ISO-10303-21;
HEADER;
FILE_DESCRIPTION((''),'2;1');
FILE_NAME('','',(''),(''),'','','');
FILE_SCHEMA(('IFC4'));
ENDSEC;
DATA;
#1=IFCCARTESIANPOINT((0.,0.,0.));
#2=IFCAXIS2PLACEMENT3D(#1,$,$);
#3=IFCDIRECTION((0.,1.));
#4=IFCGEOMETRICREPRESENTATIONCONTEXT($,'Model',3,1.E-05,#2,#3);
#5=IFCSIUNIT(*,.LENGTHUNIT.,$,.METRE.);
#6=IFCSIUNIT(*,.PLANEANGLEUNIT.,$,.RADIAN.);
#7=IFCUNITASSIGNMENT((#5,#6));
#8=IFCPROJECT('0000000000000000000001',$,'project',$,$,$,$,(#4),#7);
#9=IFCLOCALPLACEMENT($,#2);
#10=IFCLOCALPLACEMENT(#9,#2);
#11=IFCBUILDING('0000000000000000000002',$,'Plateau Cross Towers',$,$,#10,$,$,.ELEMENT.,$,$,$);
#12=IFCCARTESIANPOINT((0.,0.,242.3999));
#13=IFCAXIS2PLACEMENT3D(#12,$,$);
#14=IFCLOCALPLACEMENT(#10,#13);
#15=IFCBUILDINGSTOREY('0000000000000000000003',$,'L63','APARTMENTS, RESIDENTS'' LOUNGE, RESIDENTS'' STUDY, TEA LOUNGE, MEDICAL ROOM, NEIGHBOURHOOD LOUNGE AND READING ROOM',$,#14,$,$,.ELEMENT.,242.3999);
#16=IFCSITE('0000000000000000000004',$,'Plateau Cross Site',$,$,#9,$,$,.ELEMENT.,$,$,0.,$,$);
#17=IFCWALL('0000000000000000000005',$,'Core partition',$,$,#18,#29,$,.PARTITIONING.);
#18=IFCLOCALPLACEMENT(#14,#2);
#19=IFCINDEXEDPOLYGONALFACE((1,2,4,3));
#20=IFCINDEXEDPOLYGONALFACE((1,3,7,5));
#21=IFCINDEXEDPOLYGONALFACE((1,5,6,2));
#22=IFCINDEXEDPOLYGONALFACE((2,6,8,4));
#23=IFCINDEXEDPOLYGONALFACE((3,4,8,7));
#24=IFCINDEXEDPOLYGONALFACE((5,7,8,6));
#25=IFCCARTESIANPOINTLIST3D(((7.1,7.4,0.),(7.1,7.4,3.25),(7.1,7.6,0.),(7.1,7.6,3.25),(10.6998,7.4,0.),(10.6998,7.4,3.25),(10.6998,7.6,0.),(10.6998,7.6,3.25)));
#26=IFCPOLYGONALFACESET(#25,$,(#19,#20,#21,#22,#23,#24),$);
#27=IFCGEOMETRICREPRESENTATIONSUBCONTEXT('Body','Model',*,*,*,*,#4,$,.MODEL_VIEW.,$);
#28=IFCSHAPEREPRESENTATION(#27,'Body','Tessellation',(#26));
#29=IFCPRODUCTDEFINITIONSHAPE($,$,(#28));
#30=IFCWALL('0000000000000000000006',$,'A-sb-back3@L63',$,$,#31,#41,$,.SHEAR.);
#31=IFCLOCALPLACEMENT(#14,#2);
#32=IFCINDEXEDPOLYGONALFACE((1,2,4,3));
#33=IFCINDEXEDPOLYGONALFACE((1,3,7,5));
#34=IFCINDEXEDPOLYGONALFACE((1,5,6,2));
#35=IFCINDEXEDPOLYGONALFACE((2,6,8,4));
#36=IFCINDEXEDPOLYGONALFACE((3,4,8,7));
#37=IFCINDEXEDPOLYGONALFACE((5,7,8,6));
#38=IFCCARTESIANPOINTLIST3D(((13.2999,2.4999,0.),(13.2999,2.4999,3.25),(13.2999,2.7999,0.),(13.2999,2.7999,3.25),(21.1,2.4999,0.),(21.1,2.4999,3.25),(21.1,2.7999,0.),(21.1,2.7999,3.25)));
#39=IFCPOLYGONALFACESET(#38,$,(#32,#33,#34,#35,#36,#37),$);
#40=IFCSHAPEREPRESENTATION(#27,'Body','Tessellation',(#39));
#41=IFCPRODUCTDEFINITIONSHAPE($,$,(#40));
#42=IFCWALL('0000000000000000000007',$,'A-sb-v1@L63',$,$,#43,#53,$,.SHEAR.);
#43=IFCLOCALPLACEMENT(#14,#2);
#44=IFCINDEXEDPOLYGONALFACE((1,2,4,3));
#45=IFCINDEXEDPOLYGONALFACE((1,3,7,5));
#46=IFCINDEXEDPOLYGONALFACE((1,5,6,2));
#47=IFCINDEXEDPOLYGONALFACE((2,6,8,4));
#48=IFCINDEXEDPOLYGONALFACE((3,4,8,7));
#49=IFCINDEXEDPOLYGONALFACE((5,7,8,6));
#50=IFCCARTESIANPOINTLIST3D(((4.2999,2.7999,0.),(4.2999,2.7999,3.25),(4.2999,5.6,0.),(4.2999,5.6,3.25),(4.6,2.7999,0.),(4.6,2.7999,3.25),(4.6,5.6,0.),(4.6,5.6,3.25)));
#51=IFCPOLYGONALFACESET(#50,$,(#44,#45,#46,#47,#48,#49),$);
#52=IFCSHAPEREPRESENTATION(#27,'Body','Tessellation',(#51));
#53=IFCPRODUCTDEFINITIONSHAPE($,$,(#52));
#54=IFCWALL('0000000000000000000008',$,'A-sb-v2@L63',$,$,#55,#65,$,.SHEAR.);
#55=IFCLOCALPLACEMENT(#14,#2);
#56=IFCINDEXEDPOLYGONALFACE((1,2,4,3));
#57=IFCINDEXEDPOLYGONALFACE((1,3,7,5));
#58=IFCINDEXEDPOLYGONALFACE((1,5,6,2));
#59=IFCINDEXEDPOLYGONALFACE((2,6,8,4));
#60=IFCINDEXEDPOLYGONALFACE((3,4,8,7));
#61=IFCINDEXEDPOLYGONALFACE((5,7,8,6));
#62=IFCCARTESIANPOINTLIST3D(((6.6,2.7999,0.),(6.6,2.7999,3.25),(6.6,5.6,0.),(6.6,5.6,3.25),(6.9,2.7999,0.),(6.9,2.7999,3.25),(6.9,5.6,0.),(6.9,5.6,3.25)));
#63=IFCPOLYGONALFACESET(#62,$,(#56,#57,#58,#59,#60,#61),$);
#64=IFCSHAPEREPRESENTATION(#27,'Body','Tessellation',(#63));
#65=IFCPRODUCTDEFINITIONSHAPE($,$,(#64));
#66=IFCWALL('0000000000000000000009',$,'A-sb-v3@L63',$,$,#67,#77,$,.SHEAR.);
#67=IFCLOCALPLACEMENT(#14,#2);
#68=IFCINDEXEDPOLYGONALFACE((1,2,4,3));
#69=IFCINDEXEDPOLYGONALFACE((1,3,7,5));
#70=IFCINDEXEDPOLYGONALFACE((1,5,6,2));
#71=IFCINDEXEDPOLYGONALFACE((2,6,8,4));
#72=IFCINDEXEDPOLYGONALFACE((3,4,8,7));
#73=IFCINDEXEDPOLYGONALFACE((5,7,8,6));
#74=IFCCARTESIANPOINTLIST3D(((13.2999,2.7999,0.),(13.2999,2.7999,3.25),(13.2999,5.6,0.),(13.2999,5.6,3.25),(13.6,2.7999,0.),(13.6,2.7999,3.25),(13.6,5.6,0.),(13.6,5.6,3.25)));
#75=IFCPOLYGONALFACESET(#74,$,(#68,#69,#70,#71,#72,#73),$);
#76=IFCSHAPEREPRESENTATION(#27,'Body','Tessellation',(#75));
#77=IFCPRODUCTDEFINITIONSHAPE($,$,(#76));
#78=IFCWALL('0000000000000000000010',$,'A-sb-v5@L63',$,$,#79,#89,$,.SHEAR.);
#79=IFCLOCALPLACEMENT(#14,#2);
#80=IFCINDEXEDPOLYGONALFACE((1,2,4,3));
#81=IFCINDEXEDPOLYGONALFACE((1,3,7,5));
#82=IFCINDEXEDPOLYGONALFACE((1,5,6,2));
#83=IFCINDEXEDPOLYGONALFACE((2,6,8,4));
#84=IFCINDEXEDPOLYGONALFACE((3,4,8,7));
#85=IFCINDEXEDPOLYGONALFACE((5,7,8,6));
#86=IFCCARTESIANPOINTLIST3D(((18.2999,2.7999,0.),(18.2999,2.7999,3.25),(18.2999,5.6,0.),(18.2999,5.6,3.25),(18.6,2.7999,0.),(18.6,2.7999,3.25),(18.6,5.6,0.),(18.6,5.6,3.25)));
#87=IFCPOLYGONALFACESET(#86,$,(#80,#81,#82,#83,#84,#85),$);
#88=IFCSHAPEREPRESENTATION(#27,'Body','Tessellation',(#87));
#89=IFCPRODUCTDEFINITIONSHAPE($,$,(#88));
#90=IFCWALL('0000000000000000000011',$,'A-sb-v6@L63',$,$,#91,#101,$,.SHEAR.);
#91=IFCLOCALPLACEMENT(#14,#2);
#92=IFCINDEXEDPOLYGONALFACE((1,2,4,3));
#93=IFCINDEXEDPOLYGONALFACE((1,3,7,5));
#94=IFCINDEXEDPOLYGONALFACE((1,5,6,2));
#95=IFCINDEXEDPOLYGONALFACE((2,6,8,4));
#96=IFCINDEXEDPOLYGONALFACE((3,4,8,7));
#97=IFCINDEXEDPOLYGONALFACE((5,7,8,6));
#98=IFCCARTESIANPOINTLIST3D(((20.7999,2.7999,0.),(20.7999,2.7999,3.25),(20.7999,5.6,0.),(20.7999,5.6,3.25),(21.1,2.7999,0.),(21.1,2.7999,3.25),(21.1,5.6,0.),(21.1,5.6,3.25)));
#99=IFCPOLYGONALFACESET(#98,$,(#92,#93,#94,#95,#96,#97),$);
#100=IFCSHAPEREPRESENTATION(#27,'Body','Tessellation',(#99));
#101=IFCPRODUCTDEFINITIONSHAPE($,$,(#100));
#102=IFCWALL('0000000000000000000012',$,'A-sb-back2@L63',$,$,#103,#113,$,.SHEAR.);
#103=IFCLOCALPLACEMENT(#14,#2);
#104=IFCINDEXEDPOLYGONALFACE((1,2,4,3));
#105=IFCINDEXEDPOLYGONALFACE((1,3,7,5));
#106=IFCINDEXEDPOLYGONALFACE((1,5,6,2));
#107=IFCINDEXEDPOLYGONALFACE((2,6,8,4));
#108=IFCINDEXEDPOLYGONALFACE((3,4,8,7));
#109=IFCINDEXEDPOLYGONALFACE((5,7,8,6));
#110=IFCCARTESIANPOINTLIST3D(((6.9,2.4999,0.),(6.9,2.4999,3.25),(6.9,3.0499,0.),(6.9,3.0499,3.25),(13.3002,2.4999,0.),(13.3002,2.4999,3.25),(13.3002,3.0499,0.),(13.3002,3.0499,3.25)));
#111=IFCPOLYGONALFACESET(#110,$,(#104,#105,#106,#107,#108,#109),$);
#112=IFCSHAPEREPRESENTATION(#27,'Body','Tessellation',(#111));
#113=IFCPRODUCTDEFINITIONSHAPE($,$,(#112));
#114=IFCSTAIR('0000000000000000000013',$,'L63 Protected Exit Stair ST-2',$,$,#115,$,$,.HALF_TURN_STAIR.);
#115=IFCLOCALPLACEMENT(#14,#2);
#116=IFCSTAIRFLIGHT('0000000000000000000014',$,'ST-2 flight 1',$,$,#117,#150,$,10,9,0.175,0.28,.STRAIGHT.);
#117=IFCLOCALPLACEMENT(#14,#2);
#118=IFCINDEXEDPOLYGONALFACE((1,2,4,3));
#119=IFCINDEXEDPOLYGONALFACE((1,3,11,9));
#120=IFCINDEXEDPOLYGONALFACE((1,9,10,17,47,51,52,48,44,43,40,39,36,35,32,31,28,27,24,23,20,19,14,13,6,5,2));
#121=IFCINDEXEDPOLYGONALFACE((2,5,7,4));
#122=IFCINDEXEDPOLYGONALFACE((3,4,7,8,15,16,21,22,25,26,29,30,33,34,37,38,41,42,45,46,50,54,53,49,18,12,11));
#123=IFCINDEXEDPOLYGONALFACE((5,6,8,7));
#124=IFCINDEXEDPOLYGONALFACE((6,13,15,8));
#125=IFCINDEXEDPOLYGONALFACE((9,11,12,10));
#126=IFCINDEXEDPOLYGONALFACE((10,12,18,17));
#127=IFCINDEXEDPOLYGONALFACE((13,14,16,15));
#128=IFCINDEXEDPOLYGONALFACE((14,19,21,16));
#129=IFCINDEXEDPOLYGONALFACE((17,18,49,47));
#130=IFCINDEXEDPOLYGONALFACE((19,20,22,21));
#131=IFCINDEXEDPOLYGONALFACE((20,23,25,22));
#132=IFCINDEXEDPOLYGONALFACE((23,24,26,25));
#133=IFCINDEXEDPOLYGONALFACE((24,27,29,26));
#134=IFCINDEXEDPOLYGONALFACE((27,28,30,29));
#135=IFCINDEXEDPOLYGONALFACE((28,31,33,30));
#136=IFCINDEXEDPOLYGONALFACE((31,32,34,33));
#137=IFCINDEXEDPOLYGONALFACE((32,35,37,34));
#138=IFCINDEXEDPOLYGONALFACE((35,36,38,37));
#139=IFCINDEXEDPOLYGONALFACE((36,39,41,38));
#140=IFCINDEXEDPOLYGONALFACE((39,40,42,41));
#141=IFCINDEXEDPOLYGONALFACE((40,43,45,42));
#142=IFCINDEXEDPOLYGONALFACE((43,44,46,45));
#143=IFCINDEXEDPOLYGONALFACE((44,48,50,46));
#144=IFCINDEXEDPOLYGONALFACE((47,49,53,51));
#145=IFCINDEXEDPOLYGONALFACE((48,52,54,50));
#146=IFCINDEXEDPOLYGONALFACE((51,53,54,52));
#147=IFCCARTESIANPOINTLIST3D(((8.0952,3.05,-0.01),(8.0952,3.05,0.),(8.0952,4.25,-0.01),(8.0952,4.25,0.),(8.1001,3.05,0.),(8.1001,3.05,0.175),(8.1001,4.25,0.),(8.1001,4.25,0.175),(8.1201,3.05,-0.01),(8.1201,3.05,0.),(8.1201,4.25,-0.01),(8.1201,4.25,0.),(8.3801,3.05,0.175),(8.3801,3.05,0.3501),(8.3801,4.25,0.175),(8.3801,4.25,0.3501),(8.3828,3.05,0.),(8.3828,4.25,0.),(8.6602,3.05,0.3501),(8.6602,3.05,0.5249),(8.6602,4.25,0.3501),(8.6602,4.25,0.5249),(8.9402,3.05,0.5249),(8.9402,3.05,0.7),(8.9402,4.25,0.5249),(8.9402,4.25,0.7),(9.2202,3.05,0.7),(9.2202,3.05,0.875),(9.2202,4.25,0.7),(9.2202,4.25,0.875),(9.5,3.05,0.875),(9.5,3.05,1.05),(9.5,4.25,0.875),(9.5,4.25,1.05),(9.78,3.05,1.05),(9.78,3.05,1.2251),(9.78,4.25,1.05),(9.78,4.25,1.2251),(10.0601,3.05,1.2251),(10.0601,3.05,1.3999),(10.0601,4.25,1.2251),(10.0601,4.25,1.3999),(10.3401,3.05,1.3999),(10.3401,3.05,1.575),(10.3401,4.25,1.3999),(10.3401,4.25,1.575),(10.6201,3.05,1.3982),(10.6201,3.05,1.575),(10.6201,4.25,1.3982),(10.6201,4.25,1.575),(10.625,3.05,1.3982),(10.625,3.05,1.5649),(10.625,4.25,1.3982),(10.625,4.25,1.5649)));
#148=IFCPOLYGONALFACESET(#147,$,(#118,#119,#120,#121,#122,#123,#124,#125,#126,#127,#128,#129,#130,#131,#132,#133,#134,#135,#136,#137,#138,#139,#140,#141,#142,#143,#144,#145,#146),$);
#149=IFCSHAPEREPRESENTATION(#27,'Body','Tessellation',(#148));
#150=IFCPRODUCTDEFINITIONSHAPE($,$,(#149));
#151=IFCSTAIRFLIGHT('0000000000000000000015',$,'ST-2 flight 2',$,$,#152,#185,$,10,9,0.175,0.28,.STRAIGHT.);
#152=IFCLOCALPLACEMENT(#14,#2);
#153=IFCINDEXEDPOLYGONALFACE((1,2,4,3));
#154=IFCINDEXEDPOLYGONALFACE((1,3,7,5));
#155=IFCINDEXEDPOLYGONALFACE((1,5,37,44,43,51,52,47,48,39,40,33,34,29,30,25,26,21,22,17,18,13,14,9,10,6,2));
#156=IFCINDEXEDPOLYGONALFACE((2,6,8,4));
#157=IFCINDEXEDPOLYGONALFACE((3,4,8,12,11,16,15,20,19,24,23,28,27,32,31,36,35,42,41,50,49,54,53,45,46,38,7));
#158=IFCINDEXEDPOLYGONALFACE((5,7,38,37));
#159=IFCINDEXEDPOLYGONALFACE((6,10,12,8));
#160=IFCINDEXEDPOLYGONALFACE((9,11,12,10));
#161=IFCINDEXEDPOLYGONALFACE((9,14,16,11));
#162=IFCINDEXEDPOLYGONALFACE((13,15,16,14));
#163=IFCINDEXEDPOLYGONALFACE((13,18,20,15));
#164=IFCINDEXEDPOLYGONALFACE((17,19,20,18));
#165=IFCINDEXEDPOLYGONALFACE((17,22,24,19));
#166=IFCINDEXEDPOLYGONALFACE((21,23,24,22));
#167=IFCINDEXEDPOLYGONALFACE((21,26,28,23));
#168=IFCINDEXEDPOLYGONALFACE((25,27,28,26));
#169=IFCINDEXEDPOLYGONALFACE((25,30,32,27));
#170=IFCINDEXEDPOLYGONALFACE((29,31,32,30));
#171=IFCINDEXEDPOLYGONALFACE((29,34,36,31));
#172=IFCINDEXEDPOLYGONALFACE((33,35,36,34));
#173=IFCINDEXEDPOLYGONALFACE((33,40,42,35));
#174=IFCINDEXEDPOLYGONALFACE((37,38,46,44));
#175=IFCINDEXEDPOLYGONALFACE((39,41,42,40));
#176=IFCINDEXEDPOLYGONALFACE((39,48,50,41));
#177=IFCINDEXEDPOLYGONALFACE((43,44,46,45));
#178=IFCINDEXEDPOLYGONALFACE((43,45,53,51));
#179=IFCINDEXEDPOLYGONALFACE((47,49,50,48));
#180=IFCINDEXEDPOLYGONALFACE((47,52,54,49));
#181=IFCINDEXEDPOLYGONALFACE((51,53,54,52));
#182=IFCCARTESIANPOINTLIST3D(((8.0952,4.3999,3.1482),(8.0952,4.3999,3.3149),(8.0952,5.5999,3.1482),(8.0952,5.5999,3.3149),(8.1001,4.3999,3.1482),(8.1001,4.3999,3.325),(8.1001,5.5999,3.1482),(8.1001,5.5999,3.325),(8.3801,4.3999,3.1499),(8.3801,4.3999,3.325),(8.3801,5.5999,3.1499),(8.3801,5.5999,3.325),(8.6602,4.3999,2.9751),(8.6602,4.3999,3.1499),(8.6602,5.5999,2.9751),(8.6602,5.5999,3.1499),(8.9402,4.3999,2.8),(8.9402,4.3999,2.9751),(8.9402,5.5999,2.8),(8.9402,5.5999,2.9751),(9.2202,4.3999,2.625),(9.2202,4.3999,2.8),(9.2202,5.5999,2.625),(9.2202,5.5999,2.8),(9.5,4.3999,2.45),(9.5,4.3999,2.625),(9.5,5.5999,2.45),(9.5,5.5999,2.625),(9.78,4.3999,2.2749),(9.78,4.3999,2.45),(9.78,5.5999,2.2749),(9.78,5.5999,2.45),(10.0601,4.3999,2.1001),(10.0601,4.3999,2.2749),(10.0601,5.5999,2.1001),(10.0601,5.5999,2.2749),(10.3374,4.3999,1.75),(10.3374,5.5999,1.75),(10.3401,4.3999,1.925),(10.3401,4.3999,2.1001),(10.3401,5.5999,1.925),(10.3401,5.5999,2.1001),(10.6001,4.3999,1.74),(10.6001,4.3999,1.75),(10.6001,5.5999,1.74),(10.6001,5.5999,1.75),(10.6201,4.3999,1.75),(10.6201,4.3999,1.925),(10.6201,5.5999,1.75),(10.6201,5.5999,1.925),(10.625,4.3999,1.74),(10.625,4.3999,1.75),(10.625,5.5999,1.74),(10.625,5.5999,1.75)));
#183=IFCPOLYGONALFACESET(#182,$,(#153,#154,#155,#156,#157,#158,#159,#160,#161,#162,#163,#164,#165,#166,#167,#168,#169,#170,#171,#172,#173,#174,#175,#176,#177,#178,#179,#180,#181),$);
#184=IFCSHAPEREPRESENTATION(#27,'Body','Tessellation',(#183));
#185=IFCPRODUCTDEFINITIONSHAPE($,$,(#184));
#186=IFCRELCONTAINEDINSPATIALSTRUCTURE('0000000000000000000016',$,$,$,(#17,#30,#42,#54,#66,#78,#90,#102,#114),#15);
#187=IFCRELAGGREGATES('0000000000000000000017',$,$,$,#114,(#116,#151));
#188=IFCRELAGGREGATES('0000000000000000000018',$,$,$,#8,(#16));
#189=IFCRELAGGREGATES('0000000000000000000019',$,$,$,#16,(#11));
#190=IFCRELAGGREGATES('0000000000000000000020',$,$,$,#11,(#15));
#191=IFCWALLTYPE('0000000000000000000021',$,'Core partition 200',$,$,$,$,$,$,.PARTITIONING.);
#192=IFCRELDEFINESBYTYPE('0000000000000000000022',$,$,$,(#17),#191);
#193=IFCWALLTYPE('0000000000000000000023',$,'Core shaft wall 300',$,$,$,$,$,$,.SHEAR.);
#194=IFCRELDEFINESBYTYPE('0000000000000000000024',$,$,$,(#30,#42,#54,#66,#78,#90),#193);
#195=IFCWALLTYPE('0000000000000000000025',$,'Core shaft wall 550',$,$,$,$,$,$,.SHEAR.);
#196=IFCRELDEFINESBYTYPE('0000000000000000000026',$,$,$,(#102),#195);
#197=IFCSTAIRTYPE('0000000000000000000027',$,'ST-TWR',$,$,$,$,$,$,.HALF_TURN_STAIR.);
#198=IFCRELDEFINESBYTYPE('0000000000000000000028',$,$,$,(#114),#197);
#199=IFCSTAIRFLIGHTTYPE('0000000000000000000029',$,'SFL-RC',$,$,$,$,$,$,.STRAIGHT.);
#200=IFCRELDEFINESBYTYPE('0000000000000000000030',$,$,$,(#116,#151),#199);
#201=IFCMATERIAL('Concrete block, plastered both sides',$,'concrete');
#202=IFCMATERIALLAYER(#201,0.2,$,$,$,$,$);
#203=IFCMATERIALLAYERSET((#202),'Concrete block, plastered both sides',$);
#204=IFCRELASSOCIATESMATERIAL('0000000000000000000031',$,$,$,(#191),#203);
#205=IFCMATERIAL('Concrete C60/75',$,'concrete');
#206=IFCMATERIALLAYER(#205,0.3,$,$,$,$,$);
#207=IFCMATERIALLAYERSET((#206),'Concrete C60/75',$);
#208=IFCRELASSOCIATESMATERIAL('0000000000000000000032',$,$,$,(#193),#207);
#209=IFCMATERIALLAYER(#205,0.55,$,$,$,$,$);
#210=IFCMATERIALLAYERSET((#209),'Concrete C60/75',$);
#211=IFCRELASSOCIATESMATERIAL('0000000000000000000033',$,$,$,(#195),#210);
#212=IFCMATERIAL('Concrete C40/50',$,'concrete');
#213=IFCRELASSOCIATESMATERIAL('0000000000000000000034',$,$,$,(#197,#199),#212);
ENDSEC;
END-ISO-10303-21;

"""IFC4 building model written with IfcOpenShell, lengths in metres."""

from ifc_helpers import new_model, si_unit, direction, frame, frame_2d, origin, place, context, subcontext, project, spatial, polyline, rectangle, outline, extrude, material, layer, layer_set, type_object, element, aggregate, save


model = new_model("IFC4")

# Units and contexts
model_context = context("Model", 3, precision=1e-05, world=origin(), true_north=direction((0.0, 1.0)))
body_context = subcontext(model_context, "Body", "Model", "MODEL_VIEW")
ifc_project = project(units=[si_unit("LENGTHUNIT", "METRE"), si_unit("PLANEANGLEUNIT", "RADIAN")], contexts=[model_context])

# Site, building, storey
site_placement = place(None, origin())
site = spatial("IfcSite", under=ifc_project, at=site_placement, Name="Plateau Cross Site", CompositionType="ELEMENT", RefElevation=0.0)
building_placement = place(site_placement, origin())
building = spatial("IfcBuilding", under=site, at=building_placement, Name="Plateau Cross Towers", CompositionType="ELEMENT")
storey_placement = place(building_placement, frame((0.0, 0.0, 242.3999)))
storey = spatial("IfcBuildingStorey", under=building, at=storey_placement, Name="L63", Description="APARTMENTS, RESIDENTS' LOUNGE, RESIDENTS' STUDY, TEA LOUNGE, MEDICAL ROOM, NEIGHBOURHOOD LOUNGE AND READING ROOM", CompositionType="ELEMENT", Elevation=242.3999)

# Shared definitions
ifc_material_1 = material(Name="Concrete C60/75", Category="concrete")

# Shared definitions
ifc_material_2 = material(Name="Concrete block, plastered both sides", Category="concrete")
ifc_layer_1 = layer(ifc_material_2, 0.2)
ifc_layer_set_1 = layer_set([ifc_layer_1], Name="Concrete block, plastered both sides")
wall_type_1 = type_object("IfcWallType", Name="Core partition 200", PredefinedType="PARTITIONING", material=ifc_layer_set_1)

# Walls
wall_1_placement = place(storey_placement, frame((7.1001, 7.5, 0.0), z_axis=(0.0, 0.0, 1.0), x_axis=(1.0, 0.0, 0.0)))
element("IfcWall", 1, at=wall_1_placement, inside=storey, type_object=wall_type_1, Name="Core partition", PredefinedType="PARTITIONING", context=body_context, shape_type="SweptSolid", body=[
    extrude(rectangle(XDim=3.5999, YDim=0.2, at=frame_2d((1.7998, 0.0))), origin(), (0.0, 0.0, 1.0), 3.25),
])
ifc_layer_2 = layer(ifc_material_1, 0.3)
ifc_layer_set_2 = layer_set([ifc_layer_2], Name="Concrete C60/75")
wall_type_2 = type_object("IfcWallType", Name="Core shaft wall 300", PredefinedType="SHEAR", material=ifc_layer_set_2)
wall_2_placement = place(storey_placement, frame((13.3, 2.6499, 0.0), z_axis=(0.0, 0.0, 1.0), x_axis=(1.0, 0.0, 0.0)))
element("IfcWall", 2, at=wall_2_placement, inside=storey, type_object=wall_type_2, Name="A-sb-back3@L63", PredefinedType="SHEAR", context=body_context, shape_type="SweptSolid", body=[
    extrude(rectangle(XDim=7.8, YDim=0.3, at=frame_2d((3.8999, 0.0))), origin(), (0.0, 0.0, 1.0), 3.25),
])
for number, where, z_axis, x_axis, name in (
    (3, (4.45, 2.8, 0.0), (0.0, 0.0, 1.0), (0.0, 1.0, 0.0), "A-sb-v1@L63"),
    (4, (6.75, 2.8, 0.0), (0.0, 0.0, 1.0), (0.0, 1.0, 0.0), "A-sb-v2@L63"),
    (5, (13.45, 2.8, 0.0), (0.0, 0.0, 1.0), (0.0, 1.0, 0.0), "A-sb-v3@L63"),
    (6, (18.45, 2.8, 0.0), (0.0, 0.0, 1.0), (0.0, 1.0, 0.0), "A-sb-v5@L63"),
    (7, (20.95, 2.8, 0.0), (0.0, 0.0, 1.0), (0.0, 1.0, 0.0), "A-sb-v6@L63"),
):
    element("IfcWall", number, at=place(storey_placement, frame(where, z_axis=z_axis, x_axis=x_axis)), inside=storey, type_object=wall_type_2, Name=name, PredefinedType="SHEAR", context=body_context, shape_type="SweptSolid", body=[
        extrude(rectangle(XDim=2.8, YDim=0.3, at=frame_2d((1.3999, 0.0))), origin(), (0.0, 0.0, 1.0), 3.25),
    ])
ifc_layer_3 = layer(ifc_material_1, 0.55)
ifc_layer_set_3 = layer_set([ifc_layer_3], Name="Concrete C60/75")
wall_type_3 = type_object("IfcWallType", Name="Core shaft wall 550", PredefinedType="SHEAR", material=ifc_layer_set_3)
wall_3_placement = place(storey_placement, frame((6.8999, 2.7749, 0.0), z_axis=(0.0, 0.0, 1.0), x_axis=(1.0, 0.0, 0.0)))
element("IfcWall", 8, at=wall_3_placement, inside=storey, type_object=wall_type_3, Name="A-sb-back2@L63", PredefinedType="SHEAR", context=body_context, shape_type="SweptSolid", body=[
    extrude(rectangle(XDim=6.4001, YDim=0.55, at=frame_2d((3.2002, 0.0))), origin(), (0.0, 0.0, 1.0), 3.25),
])

# Stair, stair flights
ifc_material_3 = material(Name="Concrete C40/50", Category="concrete")
stair_type = type_object("IfcStairType", Name="ST-TWR", PredefinedType="HALF_TURN_STAIR", material=ifc_material_3)
stair_placement = place(storey_placement, origin())
stair = element("IfcStair", 9, at=stair_placement, inside=storey, type_object=stair_type, Name="L63 Protected Exit Stair ST-2", PredefinedType="HALF_TURN_STAIR")
stair_flight_type = type_object("IfcStairFlightType", Name="SFL-RC", PredefinedType="STRAIGHT", material=ifc_material_3)
stair_flight_1_placement = place(storey_placement, frame((8.1001, 3.6499, 0.0), z_axis=(0.0, 0.0, 1.0), x_axis=(1.0, 0.0, 0.0)))
stair_flight_1 = element("IfcStairFlight", 10, at=stair_flight_1_placement, type_object=stair_flight_type, Name="ST-2 flight 1", NumberOfRisers=10, NumberOfTreads=9, PredefinedType="STRAIGHT", RiserHeight=0.175, TreadLength=0.28, context=body_context, shape_type="SweptSolid", body=[
    extrude(outline(polyline([(-0.0049, -0.01), (-0.0049, 0.0), (0.0, 0.0), (0.0, 0.175), (0.28, 0.175), (0.28, 0.3501), (0.5601, 0.3501), (0.5601, 0.5249), (0.8401, 0.5249), (0.8401, 0.7), (1.1201, 0.7), (1.1201, 0.875), (1.3999, 0.875), (1.3999, 1.05), (1.6799, 1.05), (1.6799, 1.2251), (1.96, 1.2251), (1.96, 1.3999), (2.24, 1.3999), (2.24, 1.575), (2.52, 1.575), (2.5249, 1.5649), (2.5249, 1.3982), (2.52, 1.3982), (0.2827, 0.0), (0.02, 0.0), (0.02, -0.01), (-0.0049, -0.01)])), frame((0.0, 0.6001, 0.0), z_axis=(0.0, -1.0, 0.0), x_axis=(1.0, 0.0, 0.0)), (0.0, 0.0, 1.0), 1.2),
])
stair_flight_2_placement = place(storey_placement, frame((10.6201, 5.0, 1.75), z_axis=(0.0, 0.0, 1.0), x_axis=(-1.0, 0.0, 0.0)))
stair_flight_2 = element("IfcStairFlight", 11, at=stair_flight_2_placement, type_object=stair_flight_type, Name="ST-2 flight 2", NumberOfRisers=10, NumberOfTreads=9, PredefinedType="STRAIGHT", RiserHeight=0.175, TreadLength=0.28, context=body_context, shape_type="SweptSolid", body=[
    extrude(outline(polyline([(-0.0049, -0.01), (-0.0049, 0.0), (0.0, 0.0), (0.0, 0.175), (0.28, 0.175), (0.28, 0.3501), (0.5601, 0.3501), (0.5601, 0.5249), (0.8401, 0.5249), (0.8401, 0.7), (1.1201, 0.7), (1.1201, 0.875), (1.3999, 0.875), (1.3999, 1.05), (1.6799, 1.05), (1.6799, 1.2251), (1.96, 1.2251), (1.96, 1.3999), (2.24, 1.3999), (2.24, 1.575), (2.52, 1.575), (2.5249, 1.5649), (2.5249, 1.3982), (2.52, 1.3982), (0.2827, 0.0), (0.02, 0.0), (0.02, -0.01), (-0.0049, -0.01)])), frame((0.0, 0.6001, 0.0), z_axis=(0.0, -1.0, 0.0), x_axis=(1.0, 0.0, 0.0)), (0.0, 0.0, 1.0), 1.2),
])
aggregate(stair, [stair_flight_1, stair_flight_2])

save(model, "model.ifc")
